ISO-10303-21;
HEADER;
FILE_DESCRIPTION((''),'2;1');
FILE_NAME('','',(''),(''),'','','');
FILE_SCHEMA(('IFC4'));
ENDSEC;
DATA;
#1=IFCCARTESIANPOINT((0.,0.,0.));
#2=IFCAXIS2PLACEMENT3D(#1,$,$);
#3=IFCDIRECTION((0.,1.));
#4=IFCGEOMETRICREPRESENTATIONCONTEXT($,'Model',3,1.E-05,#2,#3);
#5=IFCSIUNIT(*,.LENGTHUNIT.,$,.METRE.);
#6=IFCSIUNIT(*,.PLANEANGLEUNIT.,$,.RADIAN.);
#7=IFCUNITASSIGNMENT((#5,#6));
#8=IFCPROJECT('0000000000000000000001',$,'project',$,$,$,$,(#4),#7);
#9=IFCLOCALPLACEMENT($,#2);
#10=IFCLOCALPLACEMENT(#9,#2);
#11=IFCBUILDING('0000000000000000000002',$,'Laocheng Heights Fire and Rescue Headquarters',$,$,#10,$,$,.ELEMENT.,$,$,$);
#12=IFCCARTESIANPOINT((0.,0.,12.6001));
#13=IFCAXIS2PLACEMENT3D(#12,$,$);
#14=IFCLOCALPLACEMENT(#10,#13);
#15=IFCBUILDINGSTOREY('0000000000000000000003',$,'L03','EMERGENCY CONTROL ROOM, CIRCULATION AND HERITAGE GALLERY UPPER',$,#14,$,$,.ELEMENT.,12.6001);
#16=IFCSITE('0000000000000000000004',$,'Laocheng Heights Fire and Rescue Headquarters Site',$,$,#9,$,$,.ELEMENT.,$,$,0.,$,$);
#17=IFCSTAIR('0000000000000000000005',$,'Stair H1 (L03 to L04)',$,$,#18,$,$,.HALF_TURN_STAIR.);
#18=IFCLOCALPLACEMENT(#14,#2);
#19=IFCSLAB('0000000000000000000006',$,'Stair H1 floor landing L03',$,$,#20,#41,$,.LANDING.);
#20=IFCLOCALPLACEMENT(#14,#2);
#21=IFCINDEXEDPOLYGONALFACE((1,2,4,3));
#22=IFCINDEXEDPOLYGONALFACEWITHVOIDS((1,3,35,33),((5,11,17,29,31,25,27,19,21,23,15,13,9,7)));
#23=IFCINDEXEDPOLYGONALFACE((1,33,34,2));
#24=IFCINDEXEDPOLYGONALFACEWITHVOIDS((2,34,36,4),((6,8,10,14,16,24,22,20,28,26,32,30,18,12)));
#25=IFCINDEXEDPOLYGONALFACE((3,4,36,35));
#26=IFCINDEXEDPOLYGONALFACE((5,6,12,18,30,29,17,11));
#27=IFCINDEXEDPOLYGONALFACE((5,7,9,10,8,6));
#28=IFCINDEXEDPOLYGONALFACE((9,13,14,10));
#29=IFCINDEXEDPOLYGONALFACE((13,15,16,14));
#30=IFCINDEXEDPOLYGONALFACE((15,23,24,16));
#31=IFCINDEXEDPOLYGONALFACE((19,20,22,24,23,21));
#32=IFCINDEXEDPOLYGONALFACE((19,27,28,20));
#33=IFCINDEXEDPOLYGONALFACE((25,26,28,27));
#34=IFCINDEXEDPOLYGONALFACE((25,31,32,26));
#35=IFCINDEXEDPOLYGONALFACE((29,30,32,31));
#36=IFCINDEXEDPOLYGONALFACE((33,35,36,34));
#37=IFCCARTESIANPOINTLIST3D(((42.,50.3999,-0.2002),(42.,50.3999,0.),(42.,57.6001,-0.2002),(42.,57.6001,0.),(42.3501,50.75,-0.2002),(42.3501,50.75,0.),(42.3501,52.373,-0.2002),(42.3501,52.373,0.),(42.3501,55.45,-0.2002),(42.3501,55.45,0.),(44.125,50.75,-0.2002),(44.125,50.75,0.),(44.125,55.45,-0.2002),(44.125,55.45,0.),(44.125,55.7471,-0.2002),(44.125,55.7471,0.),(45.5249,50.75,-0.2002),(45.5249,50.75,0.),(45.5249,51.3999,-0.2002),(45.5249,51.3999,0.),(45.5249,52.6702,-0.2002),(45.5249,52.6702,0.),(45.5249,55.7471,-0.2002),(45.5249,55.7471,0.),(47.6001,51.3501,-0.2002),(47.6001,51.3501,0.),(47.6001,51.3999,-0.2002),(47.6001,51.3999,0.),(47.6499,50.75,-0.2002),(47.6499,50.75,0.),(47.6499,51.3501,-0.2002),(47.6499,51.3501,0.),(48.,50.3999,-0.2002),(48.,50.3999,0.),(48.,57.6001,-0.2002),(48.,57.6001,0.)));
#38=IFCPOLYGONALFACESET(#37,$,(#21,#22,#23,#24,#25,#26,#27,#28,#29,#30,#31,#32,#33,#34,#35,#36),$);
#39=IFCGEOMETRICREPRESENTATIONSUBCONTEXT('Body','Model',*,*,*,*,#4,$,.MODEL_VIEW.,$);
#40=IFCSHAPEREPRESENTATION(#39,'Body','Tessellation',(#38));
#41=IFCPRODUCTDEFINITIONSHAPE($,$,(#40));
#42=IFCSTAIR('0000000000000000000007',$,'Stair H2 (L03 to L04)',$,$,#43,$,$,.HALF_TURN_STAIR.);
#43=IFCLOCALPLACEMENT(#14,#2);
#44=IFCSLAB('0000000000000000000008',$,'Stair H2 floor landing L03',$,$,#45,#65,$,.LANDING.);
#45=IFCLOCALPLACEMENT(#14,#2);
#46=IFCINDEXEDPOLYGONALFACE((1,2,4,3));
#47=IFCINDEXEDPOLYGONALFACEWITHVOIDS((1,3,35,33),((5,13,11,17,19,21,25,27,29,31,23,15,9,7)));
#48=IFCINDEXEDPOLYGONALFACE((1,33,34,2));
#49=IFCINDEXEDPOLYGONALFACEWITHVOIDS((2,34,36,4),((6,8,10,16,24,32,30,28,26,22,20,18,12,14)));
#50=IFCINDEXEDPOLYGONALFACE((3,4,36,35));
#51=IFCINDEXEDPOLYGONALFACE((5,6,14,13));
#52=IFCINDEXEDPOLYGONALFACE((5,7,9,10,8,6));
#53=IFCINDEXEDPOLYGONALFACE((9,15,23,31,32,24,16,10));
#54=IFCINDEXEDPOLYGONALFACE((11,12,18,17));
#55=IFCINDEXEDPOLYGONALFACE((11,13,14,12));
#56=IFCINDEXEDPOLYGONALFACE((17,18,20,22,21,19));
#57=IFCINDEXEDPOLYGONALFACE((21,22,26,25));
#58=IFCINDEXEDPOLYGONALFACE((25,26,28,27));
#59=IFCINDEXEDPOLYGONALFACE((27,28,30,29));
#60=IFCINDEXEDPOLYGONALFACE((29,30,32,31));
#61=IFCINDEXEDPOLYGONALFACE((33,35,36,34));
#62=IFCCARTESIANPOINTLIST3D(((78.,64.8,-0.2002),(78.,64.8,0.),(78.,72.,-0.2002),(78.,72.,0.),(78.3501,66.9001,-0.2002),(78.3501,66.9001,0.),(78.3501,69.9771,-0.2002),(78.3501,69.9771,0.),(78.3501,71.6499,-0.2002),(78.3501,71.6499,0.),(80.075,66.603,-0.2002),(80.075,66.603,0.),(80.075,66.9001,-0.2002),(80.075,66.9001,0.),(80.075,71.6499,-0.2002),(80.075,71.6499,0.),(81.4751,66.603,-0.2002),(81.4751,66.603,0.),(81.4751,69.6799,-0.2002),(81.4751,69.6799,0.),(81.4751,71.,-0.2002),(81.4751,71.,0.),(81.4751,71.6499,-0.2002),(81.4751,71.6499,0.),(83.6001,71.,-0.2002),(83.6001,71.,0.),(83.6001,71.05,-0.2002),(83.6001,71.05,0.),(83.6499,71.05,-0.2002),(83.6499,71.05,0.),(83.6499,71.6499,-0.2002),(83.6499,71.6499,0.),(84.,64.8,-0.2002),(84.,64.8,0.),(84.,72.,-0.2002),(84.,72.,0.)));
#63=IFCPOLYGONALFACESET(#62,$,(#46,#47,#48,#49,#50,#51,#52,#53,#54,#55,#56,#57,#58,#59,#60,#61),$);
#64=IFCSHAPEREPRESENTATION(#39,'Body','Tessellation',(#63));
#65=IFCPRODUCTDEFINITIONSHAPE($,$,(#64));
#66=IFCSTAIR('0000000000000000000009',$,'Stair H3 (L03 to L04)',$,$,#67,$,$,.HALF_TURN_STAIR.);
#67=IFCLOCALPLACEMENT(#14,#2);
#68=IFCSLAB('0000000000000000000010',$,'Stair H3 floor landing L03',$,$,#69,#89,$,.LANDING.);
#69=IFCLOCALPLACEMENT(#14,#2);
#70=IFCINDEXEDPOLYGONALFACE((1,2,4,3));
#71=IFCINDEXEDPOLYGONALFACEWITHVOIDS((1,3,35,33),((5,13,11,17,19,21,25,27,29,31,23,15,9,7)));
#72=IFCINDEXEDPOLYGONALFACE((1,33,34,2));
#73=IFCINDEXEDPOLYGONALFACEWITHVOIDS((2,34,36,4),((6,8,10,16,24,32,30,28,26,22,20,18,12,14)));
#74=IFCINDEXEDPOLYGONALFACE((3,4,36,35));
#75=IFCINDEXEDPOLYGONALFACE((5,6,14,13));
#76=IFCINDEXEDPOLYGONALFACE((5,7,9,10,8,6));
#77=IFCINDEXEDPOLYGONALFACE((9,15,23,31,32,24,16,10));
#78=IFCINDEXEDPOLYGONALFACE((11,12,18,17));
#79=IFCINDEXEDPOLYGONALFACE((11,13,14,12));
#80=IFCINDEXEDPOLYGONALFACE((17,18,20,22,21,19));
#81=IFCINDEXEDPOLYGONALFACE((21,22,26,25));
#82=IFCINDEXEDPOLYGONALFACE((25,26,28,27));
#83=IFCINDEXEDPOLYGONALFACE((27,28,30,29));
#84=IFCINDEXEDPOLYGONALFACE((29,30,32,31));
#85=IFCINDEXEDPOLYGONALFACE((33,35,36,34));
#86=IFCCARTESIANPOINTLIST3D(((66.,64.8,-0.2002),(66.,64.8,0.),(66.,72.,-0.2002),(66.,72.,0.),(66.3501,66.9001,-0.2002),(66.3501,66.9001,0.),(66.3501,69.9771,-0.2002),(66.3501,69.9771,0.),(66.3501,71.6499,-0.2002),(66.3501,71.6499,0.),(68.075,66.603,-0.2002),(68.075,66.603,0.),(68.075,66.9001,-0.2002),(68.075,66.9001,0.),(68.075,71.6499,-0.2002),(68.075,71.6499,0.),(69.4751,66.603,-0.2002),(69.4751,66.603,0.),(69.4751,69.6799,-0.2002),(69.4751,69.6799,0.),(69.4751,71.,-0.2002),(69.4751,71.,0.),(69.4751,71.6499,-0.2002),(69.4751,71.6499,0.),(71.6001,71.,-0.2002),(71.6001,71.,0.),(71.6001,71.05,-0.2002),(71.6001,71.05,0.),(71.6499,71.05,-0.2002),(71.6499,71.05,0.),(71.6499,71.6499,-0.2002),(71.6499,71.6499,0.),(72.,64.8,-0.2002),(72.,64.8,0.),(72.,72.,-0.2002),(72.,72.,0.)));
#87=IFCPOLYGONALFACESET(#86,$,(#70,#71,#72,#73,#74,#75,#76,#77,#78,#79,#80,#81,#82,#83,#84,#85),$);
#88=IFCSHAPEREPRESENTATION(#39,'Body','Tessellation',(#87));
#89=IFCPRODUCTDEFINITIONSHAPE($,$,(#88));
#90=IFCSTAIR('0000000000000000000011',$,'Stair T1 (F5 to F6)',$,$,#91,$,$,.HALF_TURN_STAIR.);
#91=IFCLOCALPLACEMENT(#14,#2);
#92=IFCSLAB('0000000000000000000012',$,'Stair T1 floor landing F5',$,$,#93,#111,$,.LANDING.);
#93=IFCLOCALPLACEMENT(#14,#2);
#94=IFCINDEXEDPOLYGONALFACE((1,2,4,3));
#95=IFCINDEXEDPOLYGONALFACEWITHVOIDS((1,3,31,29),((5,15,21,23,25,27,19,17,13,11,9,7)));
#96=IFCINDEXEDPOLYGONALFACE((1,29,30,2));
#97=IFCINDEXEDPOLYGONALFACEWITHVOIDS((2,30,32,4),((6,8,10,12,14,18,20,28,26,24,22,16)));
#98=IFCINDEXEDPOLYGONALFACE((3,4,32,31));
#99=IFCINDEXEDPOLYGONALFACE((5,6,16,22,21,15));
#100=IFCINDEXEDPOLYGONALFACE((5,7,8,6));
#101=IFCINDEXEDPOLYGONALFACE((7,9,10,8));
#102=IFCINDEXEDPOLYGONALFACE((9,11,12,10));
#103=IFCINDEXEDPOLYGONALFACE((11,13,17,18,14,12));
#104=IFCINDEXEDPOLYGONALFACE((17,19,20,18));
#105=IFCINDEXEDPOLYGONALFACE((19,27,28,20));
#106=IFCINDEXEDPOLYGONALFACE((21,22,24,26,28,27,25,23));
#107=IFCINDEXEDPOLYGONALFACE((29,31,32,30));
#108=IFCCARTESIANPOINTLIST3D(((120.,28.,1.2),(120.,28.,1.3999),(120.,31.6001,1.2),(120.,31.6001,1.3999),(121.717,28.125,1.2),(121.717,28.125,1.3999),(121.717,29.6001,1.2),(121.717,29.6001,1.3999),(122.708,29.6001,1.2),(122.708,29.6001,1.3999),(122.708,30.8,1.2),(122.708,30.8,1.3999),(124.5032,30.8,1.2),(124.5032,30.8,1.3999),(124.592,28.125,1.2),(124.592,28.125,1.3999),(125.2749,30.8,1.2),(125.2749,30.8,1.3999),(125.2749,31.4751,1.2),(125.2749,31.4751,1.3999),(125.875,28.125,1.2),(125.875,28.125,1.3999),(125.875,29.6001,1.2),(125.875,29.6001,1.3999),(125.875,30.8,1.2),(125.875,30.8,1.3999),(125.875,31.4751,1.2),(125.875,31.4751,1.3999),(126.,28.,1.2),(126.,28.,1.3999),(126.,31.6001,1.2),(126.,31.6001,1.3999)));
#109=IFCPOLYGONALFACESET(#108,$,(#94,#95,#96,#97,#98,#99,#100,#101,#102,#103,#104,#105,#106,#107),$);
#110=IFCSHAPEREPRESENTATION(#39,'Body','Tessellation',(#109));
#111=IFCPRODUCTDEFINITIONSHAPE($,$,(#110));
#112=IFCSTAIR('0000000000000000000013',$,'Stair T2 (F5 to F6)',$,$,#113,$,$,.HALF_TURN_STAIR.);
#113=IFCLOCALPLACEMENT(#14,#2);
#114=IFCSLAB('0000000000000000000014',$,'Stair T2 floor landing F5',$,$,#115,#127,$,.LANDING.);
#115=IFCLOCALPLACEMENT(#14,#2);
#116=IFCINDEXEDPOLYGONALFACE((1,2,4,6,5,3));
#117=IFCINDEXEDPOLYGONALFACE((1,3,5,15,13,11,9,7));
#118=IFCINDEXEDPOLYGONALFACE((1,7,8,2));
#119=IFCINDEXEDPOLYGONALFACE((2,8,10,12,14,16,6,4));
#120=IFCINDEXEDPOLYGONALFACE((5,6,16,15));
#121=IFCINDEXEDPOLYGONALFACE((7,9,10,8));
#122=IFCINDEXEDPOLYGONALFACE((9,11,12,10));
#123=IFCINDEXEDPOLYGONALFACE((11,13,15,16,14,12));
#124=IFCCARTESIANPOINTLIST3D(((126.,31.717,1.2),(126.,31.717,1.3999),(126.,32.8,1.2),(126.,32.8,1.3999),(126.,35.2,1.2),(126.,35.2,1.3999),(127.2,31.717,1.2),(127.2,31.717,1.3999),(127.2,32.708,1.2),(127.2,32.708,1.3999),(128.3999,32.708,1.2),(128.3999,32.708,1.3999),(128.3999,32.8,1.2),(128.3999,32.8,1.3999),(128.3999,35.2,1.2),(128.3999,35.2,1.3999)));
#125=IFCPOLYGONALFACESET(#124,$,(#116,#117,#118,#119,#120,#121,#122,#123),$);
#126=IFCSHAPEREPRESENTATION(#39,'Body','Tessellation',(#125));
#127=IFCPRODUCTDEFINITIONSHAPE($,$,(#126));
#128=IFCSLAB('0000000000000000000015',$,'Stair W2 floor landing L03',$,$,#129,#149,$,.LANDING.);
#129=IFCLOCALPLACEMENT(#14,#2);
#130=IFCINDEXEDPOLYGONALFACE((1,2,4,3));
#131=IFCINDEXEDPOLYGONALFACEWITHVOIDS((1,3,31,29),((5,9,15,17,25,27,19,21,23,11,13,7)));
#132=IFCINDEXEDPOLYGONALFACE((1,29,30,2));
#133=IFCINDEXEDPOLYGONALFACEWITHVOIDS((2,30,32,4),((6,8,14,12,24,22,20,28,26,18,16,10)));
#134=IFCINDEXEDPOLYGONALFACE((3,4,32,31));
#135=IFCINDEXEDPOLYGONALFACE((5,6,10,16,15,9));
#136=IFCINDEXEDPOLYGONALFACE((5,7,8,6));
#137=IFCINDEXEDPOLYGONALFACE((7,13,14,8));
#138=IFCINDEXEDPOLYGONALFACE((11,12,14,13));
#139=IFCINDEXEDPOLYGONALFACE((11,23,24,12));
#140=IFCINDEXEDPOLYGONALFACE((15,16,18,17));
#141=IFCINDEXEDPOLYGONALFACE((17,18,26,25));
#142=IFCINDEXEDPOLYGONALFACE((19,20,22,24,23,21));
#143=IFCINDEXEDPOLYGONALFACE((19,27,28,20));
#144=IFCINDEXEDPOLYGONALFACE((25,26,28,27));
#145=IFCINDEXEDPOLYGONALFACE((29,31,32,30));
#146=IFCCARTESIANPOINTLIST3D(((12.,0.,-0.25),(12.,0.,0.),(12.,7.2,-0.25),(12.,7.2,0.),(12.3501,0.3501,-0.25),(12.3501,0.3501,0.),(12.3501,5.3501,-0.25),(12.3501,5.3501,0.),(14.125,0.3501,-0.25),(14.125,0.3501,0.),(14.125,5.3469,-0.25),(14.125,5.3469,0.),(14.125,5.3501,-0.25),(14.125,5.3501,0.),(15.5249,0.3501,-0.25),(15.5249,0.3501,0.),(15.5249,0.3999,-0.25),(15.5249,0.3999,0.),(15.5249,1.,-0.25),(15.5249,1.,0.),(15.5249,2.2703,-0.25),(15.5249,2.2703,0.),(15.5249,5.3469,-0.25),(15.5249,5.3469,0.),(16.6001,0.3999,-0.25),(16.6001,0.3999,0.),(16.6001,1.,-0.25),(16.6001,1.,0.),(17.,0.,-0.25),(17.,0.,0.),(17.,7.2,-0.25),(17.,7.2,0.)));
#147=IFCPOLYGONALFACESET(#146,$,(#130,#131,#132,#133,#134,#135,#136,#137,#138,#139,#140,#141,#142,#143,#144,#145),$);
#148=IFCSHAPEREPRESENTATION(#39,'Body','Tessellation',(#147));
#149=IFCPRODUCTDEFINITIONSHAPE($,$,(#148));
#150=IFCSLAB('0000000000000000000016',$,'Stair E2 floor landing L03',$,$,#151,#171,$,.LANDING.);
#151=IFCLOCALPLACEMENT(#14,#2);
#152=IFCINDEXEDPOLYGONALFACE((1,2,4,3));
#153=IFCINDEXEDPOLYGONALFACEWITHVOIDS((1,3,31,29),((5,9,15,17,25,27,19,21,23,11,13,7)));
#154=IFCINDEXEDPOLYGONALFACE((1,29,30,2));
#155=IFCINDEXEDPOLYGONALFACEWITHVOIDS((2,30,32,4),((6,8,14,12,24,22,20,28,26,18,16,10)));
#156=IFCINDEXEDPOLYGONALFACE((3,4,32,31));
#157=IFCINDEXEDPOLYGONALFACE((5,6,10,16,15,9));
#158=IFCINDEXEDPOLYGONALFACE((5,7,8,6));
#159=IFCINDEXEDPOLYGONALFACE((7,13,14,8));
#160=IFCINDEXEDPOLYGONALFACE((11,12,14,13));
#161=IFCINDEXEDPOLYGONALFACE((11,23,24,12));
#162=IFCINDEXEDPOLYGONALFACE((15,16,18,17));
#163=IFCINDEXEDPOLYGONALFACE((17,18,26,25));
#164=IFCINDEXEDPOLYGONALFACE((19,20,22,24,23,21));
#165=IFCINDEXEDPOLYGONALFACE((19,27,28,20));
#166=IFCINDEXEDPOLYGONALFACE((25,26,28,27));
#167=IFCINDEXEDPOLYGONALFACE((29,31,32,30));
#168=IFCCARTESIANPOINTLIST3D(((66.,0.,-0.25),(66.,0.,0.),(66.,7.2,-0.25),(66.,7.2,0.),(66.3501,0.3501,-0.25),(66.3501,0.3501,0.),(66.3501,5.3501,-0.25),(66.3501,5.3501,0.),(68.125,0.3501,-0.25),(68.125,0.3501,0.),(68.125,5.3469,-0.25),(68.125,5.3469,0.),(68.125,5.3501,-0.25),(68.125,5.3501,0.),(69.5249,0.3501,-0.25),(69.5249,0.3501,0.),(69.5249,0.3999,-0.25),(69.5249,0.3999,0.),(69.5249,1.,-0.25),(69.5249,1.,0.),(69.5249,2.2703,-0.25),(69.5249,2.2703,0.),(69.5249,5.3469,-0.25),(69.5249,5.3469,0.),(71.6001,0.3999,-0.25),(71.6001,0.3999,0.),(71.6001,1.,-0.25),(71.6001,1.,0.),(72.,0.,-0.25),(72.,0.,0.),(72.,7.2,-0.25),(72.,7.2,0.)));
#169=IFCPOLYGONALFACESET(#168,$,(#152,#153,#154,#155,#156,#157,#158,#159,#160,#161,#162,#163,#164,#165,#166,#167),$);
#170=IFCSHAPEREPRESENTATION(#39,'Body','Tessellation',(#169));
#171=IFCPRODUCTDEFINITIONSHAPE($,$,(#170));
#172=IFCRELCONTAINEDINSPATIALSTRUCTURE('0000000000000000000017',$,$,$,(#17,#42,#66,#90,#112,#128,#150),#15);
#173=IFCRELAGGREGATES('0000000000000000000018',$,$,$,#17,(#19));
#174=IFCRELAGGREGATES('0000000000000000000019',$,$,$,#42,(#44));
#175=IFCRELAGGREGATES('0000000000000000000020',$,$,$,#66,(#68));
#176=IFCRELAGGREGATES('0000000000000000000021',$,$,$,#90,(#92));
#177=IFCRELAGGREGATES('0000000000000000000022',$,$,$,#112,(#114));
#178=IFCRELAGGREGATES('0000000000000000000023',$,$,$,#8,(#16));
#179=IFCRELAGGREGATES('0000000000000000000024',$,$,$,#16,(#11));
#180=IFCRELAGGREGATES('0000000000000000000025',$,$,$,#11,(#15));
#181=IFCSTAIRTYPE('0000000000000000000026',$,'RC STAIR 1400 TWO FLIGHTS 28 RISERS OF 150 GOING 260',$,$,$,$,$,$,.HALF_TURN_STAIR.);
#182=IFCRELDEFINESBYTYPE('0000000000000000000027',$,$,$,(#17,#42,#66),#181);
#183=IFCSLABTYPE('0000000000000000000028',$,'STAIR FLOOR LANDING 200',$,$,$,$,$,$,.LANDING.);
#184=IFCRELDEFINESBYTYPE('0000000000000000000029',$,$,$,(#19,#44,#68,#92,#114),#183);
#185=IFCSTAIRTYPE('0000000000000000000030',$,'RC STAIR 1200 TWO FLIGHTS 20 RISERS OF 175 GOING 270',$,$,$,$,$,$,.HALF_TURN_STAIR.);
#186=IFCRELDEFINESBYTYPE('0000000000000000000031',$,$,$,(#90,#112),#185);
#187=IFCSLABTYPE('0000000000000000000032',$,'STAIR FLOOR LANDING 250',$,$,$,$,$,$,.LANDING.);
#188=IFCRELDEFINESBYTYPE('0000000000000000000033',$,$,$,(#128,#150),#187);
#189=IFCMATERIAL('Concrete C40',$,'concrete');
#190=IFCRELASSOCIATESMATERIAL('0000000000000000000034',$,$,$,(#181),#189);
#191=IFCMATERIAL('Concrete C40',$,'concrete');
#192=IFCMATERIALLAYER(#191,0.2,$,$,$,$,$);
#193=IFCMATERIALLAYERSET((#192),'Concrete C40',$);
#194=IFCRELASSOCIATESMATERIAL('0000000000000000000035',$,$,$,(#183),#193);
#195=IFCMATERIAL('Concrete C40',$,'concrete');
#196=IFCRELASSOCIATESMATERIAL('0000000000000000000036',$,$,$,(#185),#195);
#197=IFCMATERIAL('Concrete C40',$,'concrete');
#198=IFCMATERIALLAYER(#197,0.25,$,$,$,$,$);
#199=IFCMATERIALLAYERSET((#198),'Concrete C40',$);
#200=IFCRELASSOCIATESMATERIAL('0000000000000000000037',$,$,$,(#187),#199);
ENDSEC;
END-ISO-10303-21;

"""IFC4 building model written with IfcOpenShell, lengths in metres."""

from ifc_helpers import new_model, si_unit, direction, frame, origin, place, context, subcontext, project, spatial, polyline, outline, extrude, material, layer, layer_set, type_object, element, aggregate, save


model = new_model("IFC4")

# Units and contexts
model_context = context("Model", 3, precision=1e-05, world=origin(), true_north=direction((0.0, 1.0)))
body_context = subcontext(model_context, "Body", "Model", "MODEL_VIEW")
ifc_project = project(units=[si_unit("LENGTHUNIT", "METRE"), si_unit("PLANEANGLEUNIT", "RADIAN")], contexts=[model_context])

# Site, building, storey
site_placement = place(None, origin())
site = spatial("IfcSite", under=ifc_project, at=site_placement, Name="Laocheng Heights Fire and Rescue Headquarters Site", CompositionType="ELEMENT", RefElevation=0.0)
building_placement = place(site_placement, origin())
building = spatial("IfcBuilding", under=site, at=building_placement, Name="Laocheng Heights Fire and Rescue Headquarters", CompositionType="ELEMENT")
storey_placement = place(building_placement, frame((0.0, 0.0, 12.6001)))
storey = spatial("IfcBuildingStorey", under=building, at=storey_placement, Name="L03", Description="EMERGENCY CONTROL ROOM, CIRCULATION AND HERITAGE GALLERY UPPER", CompositionType="ELEMENT", Elevation=12.6001)

# Stairs, slabs
ifc_material_1 = material(Name="Concrete C40", Category="concrete")
stair_type_1 = type_object("IfcStairType", Name="RC STAIR 1400 TWO FLIGHTS 28 RISERS OF 150 GOING 260", PredefinedType="HALF_TURN_STAIR", material=ifc_material_1)
ifc_material_2 = material(Name="Concrete C40", Category="concrete")
ifc_layer_1 = layer(ifc_material_2, 0.2)
ifc_layer_set_1 = layer_set([ifc_layer_1], Name="Concrete C40")
slab_type_1 = type_object("IfcSlabType", Name="STAIR FLOOR LANDING 200", PredefinedType="LANDING", material=ifc_layer_set_1)
stair_1_placement = place(storey_placement, origin())
stair_1 = element("IfcStair", 1, at=stair_1_placement, inside=storey, type_object=stair_type_1, Name="Stair H1 (L03 to L04)", PredefinedType="HALF_TURN_STAIR")
slab_1_placement = place(storey_placement, frame((0.0, 0.0, -0.2002)))
slab_1 = element("IfcSlab", 2, at=slab_1_placement, type_object=slab_type_1, Name="Stair H1 floor landing L03", PredefinedType="LANDING", context=body_context, shape_type="SweptSolid", body=[
    extrude(outline(polyline([(42.0, 57.6001), (48.0, 57.6001), (48.0, 50.3999), (42.0, 50.3999), (42.0, 57.6001)]), holes=[polyline([(45.5249, 50.75), (47.6499, 50.75), (47.6499, 51.3501), (47.6001, 51.3501), (47.6001, 51.3999), (45.5249, 51.3999), (45.5249, 52.6702), (45.5249, 55.7471), (44.125, 55.7471), (44.125, 55.45), (42.3501, 55.45), (42.3501, 52.373), (42.3501, 50.75), (44.125, 50.75), (45.5249, 50.75)])]), origin(), (0.0, 0.0, 1.0), 0.2002),
])
aggregate(stair_1, [slab_1])
stair_2_placement = place(storey_placement, origin())
stair_2 = element("IfcStair", 3, at=stair_2_placement, inside=storey, type_object=stair_type_1, Name="Stair H2 (L03 to L04)", PredefinedType="HALF_TURN_STAIR")
slab_2_placement = place(storey_placement, frame((0.0, 0.0, -0.2002)))
slab_2 = element("IfcSlab", 4, at=slab_2_placement, type_object=slab_type_1, Name="Stair H2 floor landing L03", PredefinedType="LANDING", context=body_context, shape_type="SweptSolid", body=[
    extrude(outline(polyline([(78.0, 72.0), (84.0, 72.0), (84.0, 64.8), (78.0, 64.8), (78.0, 72.0)]), holes=[polyline([(80.075, 66.9001), (80.075, 66.603), (81.4751, 66.603), (81.4751, 69.6799), (81.4751, 71.0), (83.6001, 71.0), (83.6001, 71.05), (83.6499, 71.05), (83.6499, 71.6499), (81.4751, 71.6499), (80.075, 71.6499), (78.3501, 71.6499), (78.3501, 69.9771), (78.3501, 66.9001), (80.075, 66.9001)])]), origin(), (0.0, 0.0, 1.0), 0.2002),
])
aggregate(stair_2, [slab_2])
stair_3_placement = place(storey_placement, origin())
stair_3 = element("IfcStair", 5, at=stair_3_placement, inside=storey, type_object=stair_type_1, Name="Stair H3 (L03 to L04)", PredefinedType="HALF_TURN_STAIR")
slab_3_placement = place(storey_placement, frame((0.0, 0.0, -0.2002)))
slab_3 = element("IfcSlab", 6, at=slab_3_placement, type_object=slab_type_1, Name="Stair H3 floor landing L03", PredefinedType="LANDING", context=body_context, shape_type="SweptSolid", body=[
    extrude(outline(polyline([(66.0, 72.0), (72.0, 72.0), (72.0, 64.8), (66.0, 64.8), (66.0, 72.0)]), holes=[polyline([(68.075, 66.9001), (68.075, 66.603), (69.4751, 66.603), (69.4751, 69.6799), (69.4751, 71.0), (71.6001, 71.0), (71.6001, 71.05), (71.6499, 71.05), (71.6499, 71.6499), (69.4751, 71.6499), (68.075, 71.6499), (66.3501, 71.6499), (66.3501, 69.9771), (66.3501, 66.9001), (68.075, 66.9001)])]), origin(), (0.0, 0.0, 1.0), 0.2002),
])
aggregate(stair_3, [slab_3])
ifc_material_3 = material(Name="Concrete C40", Category="concrete")
stair_type_2 = type_object("IfcStairType", Name="RC STAIR 1200 TWO FLIGHTS 20 RISERS OF 175 GOING 270", PredefinedType="HALF_TURN_STAIR", material=ifc_material_3)
stair_4_placement = place(storey_placement, origin())
stair_4 = element("IfcStair", 7, at=stair_4_placement, inside=storey, type_object=stair_type_2, Name="Stair T1 (F5 to F6)", PredefinedType="HALF_TURN_STAIR")
slab_4_placement = place(storey_placement, frame((0.0, 0.0, 1.2)))
slab_4 = element("IfcSlab", 8, at=slab_4_placement, type_object=slab_type_1, Name="Stair T1 floor landing F5", PredefinedType="LANDING", context=body_context, shape_type="SweptSolid", body=[
    extrude(outline(polyline([(120.0, 31.6001), (126.0, 31.6001), (126.0, 28.0), (120.0, 28.0), (120.0, 31.6001)]), holes=[polyline([(121.717, 29.6001), (121.717, 28.125), (124.592, 28.125), (125.875, 28.125), (125.875, 29.6001), (125.875, 30.8), (125.875, 31.4751), (125.2749, 31.4751), (125.2749, 30.8), (124.5032, 30.8), (122.708, 30.8), (122.708, 29.6001), (121.717, 29.6001)])]), origin(), (0.0, 0.0, 1.0), 0.2),
])
aggregate(stair_4, [slab_4])
stair_5_placement = place(storey_placement, origin())
stair_5 = element("IfcStair", 9, at=stair_5_placement, inside=storey, type_object=stair_type_2, Name="Stair T2 (F5 to F6)", PredefinedType="HALF_TURN_STAIR")
slab_5_placement = place(storey_placement, frame((0.0, 0.0, 1.2)))
slab_5 = element("IfcSlab", 10, at=slab_5_placement, type_object=slab_type_1, Name="Stair T2 floor landing F5", PredefinedType="LANDING", context=body_context, shape_type="SweptSolid", body=[
    extrude(outline(polyline([(126.0, 31.717), (127.2, 31.717), (127.2, 32.708), (128.3999, 32.708), (128.3999, 32.8), (128.3999, 35.2), (126.0, 35.2), (126.0, 32.8), (126.0, 32.8), (126.0, 31.717)])), origin(), (0.0, 0.0, 1.0), 0.2),
])
aggregate(stair_5, [slab_5])

# Slabs
ifc_material_4 = material(Name="Concrete C40", Category="concrete")
ifc_layer_2 = layer(ifc_material_4, 0.25)
ifc_layer_set_2 = layer_set([ifc_layer_2], Name="Concrete C40")
slab_type_2 = type_object("IfcSlabType", Name="STAIR FLOOR LANDING 250", PredefinedType="LANDING", material=ifc_layer_set_2)
slab_6_placement = place(storey_placement, frame((0.0, 0.0, -0.25)))
element("IfcSlab", 11, at=slab_6_placement, inside=storey, type_object=slab_type_2, Name="Stair W2 floor landing L03", PredefinedType="LANDING", context=body_context, shape_type="SweptSolid", body=[
    extrude(outline(polyline([(12.0, 7.2), (17.0, 7.2), (17.0, 0.0), (12.0, 0.0), (12.0, 7.2)]), holes=[polyline([(14.125, 5.3501), (12.3501, 5.3501), (12.3501, 0.3501), (14.125, 0.3501), (15.5249, 0.3501), (15.5249, 0.3999), (16.6001, 0.3999), (16.6001, 1.0), (15.5249, 1.0), (15.5249, 2.2703), (15.5249, 5.3469), (14.125, 5.3469), (14.125, 5.3501)])]), origin(), (0.0, 0.0, 1.0), 0.25),
])
slab_7_placement = place(storey_placement, frame((0.0, 0.0, -0.25)))
element("IfcSlab", 12, at=slab_7_placement, inside=storey, type_object=slab_type_2, Name="Stair E2 floor landing L03", PredefinedType="LANDING", context=body_context, shape_type="SweptSolid", body=[
    extrude(outline(polyline([(66.0, 7.2), (72.0, 7.2), (72.0, 0.0), (66.0, 0.0), (66.0, 7.2)]), holes=[polyline([(68.125, 5.3501), (66.3501, 5.3501), (66.3501, 0.3501), (68.125, 0.3501), (69.5249, 0.3501), (69.5249, 0.3999), (71.6001, 0.3999), (71.6001, 1.0), (69.5249, 1.0), (69.5249, 2.2703), (69.5249, 5.3469), (68.125, 5.3469), (68.125, 5.3501)])]), origin(), (0.0, 0.0, 1.0), 0.25),
])

save(model, "model.ifc")
